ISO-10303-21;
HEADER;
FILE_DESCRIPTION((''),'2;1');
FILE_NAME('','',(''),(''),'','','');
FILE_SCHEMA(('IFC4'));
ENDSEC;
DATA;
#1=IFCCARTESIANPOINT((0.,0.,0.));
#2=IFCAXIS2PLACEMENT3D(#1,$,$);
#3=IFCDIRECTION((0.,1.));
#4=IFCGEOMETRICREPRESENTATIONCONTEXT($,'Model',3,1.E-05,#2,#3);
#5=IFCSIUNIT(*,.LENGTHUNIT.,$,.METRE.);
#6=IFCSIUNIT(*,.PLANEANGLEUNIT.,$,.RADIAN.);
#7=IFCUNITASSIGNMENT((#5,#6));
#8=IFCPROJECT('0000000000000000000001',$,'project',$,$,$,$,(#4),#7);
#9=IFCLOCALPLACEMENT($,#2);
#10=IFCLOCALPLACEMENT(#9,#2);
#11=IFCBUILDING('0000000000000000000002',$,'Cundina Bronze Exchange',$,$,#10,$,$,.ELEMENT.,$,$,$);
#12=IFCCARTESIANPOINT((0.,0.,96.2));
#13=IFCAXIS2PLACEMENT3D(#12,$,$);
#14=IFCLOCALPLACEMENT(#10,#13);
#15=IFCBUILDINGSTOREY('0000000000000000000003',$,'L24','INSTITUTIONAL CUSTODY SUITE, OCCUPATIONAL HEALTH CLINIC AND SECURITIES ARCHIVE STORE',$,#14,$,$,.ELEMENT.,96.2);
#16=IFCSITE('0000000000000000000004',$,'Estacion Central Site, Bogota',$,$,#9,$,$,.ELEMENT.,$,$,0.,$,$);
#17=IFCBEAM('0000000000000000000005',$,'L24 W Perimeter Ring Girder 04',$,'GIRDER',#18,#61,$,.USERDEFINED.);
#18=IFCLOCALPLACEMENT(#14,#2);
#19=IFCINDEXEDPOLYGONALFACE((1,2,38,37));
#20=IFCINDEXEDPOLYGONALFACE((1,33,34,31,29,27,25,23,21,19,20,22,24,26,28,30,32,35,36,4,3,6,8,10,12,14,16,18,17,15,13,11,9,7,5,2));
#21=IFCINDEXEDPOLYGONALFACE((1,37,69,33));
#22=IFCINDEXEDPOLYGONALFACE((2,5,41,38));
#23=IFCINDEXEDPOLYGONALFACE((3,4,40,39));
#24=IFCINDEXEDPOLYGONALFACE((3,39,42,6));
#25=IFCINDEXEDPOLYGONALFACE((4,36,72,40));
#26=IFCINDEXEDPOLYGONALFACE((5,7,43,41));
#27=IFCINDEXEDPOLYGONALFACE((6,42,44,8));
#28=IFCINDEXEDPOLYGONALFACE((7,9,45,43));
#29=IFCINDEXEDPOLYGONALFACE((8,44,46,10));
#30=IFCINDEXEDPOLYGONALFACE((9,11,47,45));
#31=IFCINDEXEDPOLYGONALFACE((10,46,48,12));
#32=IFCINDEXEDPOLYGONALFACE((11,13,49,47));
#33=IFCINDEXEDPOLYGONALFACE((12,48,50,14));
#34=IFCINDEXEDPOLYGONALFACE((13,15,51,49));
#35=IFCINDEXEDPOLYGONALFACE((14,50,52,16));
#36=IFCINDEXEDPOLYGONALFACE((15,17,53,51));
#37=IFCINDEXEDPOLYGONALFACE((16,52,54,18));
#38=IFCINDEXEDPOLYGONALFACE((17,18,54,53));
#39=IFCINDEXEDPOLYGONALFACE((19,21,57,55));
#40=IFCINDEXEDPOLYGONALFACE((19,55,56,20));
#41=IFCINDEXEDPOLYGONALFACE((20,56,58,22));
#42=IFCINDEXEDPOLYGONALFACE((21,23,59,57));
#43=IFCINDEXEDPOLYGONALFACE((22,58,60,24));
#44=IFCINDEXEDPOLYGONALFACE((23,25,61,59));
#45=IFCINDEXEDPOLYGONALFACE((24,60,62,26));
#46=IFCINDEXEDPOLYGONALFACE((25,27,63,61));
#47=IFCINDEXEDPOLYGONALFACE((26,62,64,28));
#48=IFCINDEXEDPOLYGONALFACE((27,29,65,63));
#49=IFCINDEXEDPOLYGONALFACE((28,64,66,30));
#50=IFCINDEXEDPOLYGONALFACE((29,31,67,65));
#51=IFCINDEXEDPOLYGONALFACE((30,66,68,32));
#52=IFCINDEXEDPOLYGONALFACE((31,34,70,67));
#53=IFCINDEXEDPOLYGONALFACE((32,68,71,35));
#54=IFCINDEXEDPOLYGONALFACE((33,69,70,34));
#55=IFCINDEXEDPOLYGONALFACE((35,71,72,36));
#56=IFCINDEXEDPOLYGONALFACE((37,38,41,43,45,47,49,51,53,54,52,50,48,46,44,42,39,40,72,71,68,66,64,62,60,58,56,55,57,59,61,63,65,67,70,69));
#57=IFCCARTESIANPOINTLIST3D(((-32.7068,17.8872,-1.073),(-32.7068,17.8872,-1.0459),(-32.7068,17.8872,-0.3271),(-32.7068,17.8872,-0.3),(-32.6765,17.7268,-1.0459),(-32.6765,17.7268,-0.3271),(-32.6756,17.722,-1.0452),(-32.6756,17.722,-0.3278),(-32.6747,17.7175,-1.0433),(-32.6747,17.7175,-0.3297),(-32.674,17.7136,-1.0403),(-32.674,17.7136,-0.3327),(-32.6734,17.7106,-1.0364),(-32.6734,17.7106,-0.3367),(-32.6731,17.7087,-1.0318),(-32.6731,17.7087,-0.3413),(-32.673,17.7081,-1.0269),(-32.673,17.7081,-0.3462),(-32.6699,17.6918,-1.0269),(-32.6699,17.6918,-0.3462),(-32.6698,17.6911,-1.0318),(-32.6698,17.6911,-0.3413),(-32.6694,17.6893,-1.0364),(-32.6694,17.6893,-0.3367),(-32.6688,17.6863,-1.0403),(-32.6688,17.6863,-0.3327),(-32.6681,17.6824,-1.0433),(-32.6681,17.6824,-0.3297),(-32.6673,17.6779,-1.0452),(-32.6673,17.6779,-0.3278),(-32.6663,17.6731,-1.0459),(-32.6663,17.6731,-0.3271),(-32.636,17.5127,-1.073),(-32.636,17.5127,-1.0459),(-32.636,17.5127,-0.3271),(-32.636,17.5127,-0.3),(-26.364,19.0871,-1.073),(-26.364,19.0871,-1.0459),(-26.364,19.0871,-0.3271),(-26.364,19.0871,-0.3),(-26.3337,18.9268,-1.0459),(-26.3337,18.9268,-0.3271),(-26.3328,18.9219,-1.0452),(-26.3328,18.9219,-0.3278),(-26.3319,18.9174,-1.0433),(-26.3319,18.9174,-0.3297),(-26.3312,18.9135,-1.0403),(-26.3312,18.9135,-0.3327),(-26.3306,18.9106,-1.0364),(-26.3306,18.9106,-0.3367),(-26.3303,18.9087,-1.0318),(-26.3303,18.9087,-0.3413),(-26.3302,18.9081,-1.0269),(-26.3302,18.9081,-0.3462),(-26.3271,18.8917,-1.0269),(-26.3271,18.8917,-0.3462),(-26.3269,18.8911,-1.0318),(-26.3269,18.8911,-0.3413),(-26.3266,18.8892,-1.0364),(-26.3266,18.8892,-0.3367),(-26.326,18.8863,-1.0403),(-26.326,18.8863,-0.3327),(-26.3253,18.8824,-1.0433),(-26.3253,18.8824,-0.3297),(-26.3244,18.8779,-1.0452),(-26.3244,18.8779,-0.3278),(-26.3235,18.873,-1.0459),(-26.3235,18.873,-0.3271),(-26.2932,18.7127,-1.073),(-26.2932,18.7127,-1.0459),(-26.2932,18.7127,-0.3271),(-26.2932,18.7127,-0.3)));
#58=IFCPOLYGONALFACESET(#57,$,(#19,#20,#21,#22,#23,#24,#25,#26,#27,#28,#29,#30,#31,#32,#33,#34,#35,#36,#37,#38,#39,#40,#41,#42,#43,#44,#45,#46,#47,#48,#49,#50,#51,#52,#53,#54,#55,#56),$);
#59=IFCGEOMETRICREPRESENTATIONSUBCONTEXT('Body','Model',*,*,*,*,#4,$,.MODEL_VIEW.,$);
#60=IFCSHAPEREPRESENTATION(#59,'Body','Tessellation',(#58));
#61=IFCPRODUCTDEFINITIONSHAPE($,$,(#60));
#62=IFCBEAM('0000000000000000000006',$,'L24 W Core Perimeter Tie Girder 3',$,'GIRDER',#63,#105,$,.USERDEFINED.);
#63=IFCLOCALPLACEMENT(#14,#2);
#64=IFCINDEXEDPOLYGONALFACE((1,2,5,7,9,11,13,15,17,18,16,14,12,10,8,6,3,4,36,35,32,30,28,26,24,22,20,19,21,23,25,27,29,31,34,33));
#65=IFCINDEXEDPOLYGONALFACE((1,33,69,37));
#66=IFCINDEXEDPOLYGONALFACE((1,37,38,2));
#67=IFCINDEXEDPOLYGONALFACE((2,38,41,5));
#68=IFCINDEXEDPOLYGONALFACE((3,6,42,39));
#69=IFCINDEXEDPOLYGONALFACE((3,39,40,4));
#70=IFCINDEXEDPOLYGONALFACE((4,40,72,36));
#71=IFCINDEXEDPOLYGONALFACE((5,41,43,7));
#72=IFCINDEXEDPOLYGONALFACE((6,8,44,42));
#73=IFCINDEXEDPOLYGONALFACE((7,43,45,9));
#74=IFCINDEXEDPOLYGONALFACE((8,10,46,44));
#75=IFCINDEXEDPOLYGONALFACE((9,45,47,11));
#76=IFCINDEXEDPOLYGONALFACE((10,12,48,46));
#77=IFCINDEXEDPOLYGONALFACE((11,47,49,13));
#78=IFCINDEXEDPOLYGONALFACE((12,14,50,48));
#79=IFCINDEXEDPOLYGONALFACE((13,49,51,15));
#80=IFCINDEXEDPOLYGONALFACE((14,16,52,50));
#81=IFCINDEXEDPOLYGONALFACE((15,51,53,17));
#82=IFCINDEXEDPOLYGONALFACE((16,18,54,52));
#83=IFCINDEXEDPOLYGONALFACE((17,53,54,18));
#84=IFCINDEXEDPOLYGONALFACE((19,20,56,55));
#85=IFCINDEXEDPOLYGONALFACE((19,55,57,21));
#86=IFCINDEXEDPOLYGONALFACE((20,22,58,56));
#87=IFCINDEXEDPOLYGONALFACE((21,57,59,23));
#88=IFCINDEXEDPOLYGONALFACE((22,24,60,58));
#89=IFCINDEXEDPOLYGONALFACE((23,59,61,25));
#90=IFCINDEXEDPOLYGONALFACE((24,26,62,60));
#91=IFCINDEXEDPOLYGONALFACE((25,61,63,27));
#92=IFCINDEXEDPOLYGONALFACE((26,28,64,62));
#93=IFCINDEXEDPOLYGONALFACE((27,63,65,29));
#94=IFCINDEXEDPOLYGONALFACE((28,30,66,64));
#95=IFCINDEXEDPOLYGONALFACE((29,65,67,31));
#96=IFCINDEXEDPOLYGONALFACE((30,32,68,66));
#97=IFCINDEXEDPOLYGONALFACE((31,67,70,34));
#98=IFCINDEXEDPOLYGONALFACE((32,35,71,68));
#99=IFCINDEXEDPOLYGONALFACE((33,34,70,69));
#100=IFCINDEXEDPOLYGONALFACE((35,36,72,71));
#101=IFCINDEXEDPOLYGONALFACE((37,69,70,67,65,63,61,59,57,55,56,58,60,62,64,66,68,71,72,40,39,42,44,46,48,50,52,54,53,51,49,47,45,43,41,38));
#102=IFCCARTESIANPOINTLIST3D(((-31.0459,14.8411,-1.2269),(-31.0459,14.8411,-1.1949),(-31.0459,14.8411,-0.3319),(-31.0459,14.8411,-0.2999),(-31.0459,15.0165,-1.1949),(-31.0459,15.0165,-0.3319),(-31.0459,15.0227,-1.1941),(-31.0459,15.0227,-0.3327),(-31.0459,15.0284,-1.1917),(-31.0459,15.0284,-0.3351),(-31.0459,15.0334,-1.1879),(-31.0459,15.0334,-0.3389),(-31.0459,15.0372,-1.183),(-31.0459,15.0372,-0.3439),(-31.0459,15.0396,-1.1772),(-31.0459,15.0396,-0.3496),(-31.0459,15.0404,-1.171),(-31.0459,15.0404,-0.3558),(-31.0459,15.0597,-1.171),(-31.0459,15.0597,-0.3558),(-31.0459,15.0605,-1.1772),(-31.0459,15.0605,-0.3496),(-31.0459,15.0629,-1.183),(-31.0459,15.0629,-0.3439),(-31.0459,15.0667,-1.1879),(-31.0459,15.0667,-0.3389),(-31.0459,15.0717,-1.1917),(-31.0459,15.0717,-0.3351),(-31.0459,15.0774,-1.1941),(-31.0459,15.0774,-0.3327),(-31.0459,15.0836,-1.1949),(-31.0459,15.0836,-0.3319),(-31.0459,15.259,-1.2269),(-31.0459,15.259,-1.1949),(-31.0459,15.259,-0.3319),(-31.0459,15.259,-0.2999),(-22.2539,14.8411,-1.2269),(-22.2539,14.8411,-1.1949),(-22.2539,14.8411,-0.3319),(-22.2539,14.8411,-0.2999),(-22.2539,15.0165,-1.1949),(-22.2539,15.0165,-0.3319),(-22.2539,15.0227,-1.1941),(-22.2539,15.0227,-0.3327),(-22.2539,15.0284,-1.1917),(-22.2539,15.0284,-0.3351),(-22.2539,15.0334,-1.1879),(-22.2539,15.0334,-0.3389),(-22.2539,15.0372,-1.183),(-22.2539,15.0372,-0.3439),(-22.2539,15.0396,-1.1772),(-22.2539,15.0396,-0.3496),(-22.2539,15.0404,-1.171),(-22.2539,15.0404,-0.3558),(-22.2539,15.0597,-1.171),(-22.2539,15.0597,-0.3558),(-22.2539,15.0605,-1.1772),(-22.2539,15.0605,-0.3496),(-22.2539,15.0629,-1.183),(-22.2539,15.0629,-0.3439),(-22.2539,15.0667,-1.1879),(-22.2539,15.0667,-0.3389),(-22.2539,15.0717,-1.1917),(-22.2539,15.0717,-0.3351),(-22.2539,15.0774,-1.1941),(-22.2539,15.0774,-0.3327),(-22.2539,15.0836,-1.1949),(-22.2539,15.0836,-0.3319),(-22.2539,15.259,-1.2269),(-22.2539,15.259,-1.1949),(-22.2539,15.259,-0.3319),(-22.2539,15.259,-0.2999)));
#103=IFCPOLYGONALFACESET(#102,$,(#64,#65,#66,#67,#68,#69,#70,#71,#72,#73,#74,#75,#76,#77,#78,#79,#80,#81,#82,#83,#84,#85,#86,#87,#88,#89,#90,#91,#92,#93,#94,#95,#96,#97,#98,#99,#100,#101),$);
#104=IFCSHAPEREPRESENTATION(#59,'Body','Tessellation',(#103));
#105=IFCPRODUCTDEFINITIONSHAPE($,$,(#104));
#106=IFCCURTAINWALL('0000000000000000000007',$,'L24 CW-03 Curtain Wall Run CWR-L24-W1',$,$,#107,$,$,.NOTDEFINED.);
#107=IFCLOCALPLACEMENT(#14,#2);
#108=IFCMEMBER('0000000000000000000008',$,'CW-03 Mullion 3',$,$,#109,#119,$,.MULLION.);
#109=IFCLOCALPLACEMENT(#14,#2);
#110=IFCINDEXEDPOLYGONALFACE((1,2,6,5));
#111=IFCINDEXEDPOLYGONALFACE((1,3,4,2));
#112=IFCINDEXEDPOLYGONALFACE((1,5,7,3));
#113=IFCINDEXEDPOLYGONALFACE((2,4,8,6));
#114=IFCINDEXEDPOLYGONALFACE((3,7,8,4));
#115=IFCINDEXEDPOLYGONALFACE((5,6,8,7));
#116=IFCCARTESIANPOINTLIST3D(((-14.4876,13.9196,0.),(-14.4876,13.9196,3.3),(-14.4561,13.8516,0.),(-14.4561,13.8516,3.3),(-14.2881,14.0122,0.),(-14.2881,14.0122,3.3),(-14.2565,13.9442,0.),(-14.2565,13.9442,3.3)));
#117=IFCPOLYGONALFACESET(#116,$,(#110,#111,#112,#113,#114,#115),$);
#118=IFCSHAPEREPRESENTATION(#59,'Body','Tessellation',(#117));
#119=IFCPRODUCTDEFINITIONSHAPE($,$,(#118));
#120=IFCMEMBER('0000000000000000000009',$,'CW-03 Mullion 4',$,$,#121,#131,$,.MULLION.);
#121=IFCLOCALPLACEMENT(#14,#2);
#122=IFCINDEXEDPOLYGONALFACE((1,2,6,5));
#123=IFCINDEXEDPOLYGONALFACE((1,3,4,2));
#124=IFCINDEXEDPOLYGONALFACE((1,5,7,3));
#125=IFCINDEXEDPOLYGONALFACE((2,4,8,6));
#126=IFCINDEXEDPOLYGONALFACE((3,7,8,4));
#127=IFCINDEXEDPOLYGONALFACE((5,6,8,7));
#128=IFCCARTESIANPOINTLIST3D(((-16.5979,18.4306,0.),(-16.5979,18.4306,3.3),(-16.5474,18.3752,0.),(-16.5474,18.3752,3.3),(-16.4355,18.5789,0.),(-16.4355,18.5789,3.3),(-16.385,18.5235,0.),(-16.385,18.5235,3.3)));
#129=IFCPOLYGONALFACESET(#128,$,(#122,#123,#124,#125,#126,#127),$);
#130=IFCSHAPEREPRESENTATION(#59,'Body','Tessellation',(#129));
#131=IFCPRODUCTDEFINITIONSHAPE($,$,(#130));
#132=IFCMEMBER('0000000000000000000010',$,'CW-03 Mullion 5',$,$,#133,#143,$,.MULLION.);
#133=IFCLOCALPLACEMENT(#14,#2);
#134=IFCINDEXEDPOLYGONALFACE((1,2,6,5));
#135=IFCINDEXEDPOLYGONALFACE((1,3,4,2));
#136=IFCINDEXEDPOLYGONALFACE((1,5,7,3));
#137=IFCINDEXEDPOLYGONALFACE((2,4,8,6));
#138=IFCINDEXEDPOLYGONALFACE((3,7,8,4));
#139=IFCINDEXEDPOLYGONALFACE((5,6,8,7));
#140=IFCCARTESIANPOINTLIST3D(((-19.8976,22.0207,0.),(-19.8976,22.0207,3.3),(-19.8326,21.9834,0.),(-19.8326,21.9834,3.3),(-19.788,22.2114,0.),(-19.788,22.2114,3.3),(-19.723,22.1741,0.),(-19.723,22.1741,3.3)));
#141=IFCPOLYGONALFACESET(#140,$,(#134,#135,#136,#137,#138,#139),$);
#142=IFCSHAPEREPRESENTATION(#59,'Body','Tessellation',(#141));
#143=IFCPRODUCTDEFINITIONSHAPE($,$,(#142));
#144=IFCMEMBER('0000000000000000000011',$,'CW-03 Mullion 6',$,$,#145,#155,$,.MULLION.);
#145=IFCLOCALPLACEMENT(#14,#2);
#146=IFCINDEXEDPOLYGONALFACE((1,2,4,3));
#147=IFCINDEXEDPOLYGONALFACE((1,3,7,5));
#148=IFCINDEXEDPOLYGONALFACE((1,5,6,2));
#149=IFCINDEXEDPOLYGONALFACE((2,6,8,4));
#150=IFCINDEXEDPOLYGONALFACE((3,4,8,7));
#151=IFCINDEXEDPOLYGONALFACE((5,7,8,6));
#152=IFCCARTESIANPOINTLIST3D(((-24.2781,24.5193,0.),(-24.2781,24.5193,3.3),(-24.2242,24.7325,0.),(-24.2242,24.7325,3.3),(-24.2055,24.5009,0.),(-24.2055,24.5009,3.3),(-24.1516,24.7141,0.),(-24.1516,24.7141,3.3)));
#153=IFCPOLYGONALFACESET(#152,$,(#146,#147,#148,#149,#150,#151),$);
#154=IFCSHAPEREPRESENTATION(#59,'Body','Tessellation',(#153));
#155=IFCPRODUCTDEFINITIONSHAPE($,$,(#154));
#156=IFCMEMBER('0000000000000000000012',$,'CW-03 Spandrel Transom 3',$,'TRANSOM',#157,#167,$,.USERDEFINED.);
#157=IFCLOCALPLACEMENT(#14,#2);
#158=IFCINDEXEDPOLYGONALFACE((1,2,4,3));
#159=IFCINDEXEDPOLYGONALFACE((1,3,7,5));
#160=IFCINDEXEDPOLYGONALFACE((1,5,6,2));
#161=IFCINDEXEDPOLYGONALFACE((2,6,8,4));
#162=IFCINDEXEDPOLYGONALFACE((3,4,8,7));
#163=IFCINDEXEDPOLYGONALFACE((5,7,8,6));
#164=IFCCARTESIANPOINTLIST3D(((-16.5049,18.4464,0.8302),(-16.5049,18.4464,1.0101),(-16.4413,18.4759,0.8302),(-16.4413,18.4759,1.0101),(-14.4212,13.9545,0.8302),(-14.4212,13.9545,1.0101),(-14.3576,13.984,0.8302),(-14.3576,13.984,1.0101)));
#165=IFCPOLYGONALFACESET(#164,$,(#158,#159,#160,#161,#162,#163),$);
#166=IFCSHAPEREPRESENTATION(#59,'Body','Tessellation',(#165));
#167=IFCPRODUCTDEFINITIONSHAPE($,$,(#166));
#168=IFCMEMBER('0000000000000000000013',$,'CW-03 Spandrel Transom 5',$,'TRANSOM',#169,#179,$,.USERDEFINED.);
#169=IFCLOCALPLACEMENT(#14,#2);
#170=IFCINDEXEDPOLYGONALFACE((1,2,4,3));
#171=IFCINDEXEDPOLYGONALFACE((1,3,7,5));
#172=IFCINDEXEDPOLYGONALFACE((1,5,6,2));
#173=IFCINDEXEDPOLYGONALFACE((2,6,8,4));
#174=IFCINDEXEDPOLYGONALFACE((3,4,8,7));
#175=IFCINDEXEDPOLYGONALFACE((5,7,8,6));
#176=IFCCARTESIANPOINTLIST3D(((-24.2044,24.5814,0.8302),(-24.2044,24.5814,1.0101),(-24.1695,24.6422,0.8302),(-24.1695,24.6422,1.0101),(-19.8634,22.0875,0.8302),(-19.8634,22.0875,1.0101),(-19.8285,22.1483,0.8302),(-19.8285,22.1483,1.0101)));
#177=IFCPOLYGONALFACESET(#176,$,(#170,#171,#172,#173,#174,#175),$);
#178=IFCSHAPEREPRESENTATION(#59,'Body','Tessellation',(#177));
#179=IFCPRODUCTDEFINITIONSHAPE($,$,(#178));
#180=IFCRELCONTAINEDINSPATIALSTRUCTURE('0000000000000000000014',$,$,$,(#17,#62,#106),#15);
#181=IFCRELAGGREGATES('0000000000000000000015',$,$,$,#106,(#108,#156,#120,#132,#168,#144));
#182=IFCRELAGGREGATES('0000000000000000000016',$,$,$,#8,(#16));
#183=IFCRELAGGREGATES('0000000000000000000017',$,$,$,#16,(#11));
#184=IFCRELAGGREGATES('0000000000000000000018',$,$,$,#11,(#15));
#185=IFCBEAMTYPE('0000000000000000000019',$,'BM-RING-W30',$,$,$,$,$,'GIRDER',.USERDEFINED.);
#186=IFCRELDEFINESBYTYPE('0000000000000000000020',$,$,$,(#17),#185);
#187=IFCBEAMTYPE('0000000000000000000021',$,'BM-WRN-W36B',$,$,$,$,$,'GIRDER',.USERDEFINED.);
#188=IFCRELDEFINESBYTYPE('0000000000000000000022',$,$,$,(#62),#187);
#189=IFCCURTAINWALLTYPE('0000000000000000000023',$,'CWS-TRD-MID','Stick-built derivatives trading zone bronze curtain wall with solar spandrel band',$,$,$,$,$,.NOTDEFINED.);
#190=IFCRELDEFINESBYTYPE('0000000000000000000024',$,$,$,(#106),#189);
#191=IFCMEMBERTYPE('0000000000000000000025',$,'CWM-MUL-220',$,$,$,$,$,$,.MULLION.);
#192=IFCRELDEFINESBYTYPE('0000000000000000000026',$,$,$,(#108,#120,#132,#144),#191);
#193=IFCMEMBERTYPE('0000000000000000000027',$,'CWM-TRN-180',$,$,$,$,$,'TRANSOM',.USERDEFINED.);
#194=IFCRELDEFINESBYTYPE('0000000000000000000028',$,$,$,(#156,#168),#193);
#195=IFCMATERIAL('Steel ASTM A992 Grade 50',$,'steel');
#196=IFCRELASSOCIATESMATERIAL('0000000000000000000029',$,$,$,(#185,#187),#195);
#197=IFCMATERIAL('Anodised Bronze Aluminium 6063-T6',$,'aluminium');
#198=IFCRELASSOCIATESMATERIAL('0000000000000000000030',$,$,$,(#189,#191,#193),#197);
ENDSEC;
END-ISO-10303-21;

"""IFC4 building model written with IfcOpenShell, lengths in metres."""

from ifc_helpers import new_model, si_unit, direction, frame, origin, origin_2d, place, context, subcontext, project, spatial, rectangle, i_section, extrude, material, material_profile, profile_set, type_object, element, aggregate, save


model = new_model("IFC4")

# Units and contexts
model_context = context("Model", 3, precision=1e-05, world=origin(), true_north=direction((0.0, 1.0)))
body_context = subcontext(model_context, "Body", "Model", "MODEL_VIEW")
ifc_project = project(units=[si_unit("LENGTHUNIT", "METRE"), si_unit("PLANEANGLEUNIT", "RADIAN")], contexts=[model_context])

# Site, building, storey
site_placement = place(None, origin())
site = spatial("IfcSite", under=ifc_project, at=site_placement, Name="Estacion Central Site, Bogota", CompositionType="ELEMENT", RefElevation=0.0)
building_placement = place(site_placement, origin())
building = spatial("IfcBuilding", under=site, at=building_placement, Name="Cundina Bronze Exchange", CompositionType="ELEMENT")
storey_placement = place(building_placement, frame((0.0, 0.0, 96.2)))
storey = spatial("IfcBuildingStorey", under=building, at=storey_placement, Name="L24", Description="INSTITUTIONAL CUSTODY SUITE, OCCUPATIONAL HEALTH CLINIC AND SECURITIES ARCHIVE STORE", CompositionType="ELEMENT", Elevation=96.2)

# Shared definitions
ifc_material_1 = material(Name="Steel ASTM A992 Grade 50", Category="steel")

# Beams
ifc_material_profile_1 = material_profile(ifc_material_1, i_section(OverallWidth=0.3811, OverallDepth=0.7729, WebThickness=0.0166, FlangeThickness=0.0271, FilletRadius=0.019, at=origin_2d()), Name="W30X173", Category="steel")
ifc_profile_set_1 = profile_set([ifc_material_profile_1], Name="Steel ASTM A992 Grade 50")
beam_type_1 = type_object("IfcBeamType", Name="BM-RING-W30", ElementType="GIRDER", PredefinedType="USERDEFINED", material=ifc_profile_set_1)
beam_1_placement = place(storey_placement, frame((-26.3286, 18.8999, -0.6865), z_axis=(-0.982571, -0.185887, 0.0), x_axis=(0.185887, -0.982571, 0.0)))
element("IfcBeam", 1, at=beam_1_placement, inside=storey, type_object=beam_type_1, Name="L24 W Perimeter Ring Girder 04", ObjectType="GIRDER", PredefinedType="USERDEFINED", context=body_context, shape_type="SweptSolid", body=[
    extrude(i_section(OverallWidth=0.3811, OverallDepth=0.7729, WebThickness=0.0166, FlangeThickness=0.0271, FilletRadius=0.019, at=origin_2d()), origin(), (0.0, 0.0, 1.0), 6.4553),
])
ifc_material_profile_2 = material_profile(ifc_material_1, i_section(OverallWidth=0.418, OverallDepth=0.927, WebThickness=0.0193, FlangeThickness=0.032, FilletRadius=0.0239, at=origin_2d()), Name="W36X231", Category="steel")
ifc_profile_set_2 = profile_set([ifc_material_profile_2], Name="Steel ASTM A992 Grade 50")
beam_type_2 = type_object("IfcBeamType", Name="BM-WRN-W36B", ElementType="GIRDER", PredefinedType="USERDEFINED", material=ifc_profile_set_2)
beam_2_placement = place(storey_placement, frame((-22.2539, 15.05, -0.7634), z_axis=(-1.0, 0.0, 0.0), x_axis=(0.0, -1.0, 0.0)))
element("IfcBeam", 2, at=beam_2_placement, inside=storey, type_object=beam_type_2, Name="L24 W Core Perimeter Tie Girder 3", ObjectType="GIRDER", PredefinedType="USERDEFINED", context=body_context, shape_type="SweptSolid", body=[
    extrude(i_section(OverallWidth=0.418, OverallDepth=0.927, WebThickness=0.0193, FlangeThickness=0.032, FilletRadius=0.0239, at=origin_2d()), origin(), (0.0, 0.0, 1.0), 8.792),
])

# Curtain wall, members
ifc_material_2 = material(Name="Anodised Bronze Aluminium 6063-T6", Category="aluminium")
curtain_wall_type = type_object("IfcCurtainWallType", Name="CWS-TRD-MID", Description="Stick-built derivatives trading zone bronze curtain wall with solar spandrel band", PredefinedType="NOTDEFINED", material=ifc_material_2)
curtain_wall_placement = place(storey_placement, origin())
curtain_wall = element("IfcCurtainWall", 3, at=curtain_wall_placement, inside=storey, type_object=curtain_wall_type, Name="L24 CW-03 Curtain Wall Run CWR-L24-W1", PredefinedType="NOTDEFINED")
ifc_material_profile_3 = material_profile(ifc_material_2, rectangle(XDim=0.075, YDim=0.22, at=origin_2d()), Name="AL75X220", Category="aluminium")
ifc_profile_set_3 = profile_set([ifc_material_profile_3], Name="Anodised Bronze Aluminium 6063-T6")
member_type_1 = type_object("IfcMemberType", Name="CWM-MUL-220", PredefinedType="MULLION", material=ifc_profile_set_3)
member_1_placement = place(storey_placement, frame((-14.3721, 13.9319, 0.0), z_axis=(0.0, 0.0, 1.0), x_axis=(-0.420877, 0.907117, 0.0)))
member_1 = element("IfcMember", 4, at=member_1_placement, type_object=member_type_1, Name="CW-03 Mullion 3", PredefinedType="MULLION", context=body_context, shape_type="SweptSolid", body=[
    extrude(rectangle(XDim=0.075, YDim=0.22, at=origin_2d()), origin(), (0.0, 0.0, 1.0), 3.3),
])
member_2_placement = place(storey_placement, frame((-16.4915, 18.4771, 0.0), z_axis=(0.0, 0.0, 1.0), x_axis=(-0.674302, 0.738455, 0.0)))
member_2 = element("IfcMember", 5, at=member_2_placement, type_object=member_type_1, Name="CW-03 Mullion 4", PredefinedType="MULLION", context=body_context, shape_type="SweptSolid", body=[
    extrude(rectangle(XDim=0.075, YDim=0.22, at=origin_2d()), origin(), (0.0, 0.0, 1.0), 3.3),
])
member_3_placement = place(storey_placement, frame((-19.8103, 22.0974, 0.0), z_axis=(0.0, 0.0, 1.0), x_axis=(-0.867071, 0.498185, 0.0)))
member_3 = element("IfcMember", 6, at=member_3_placement, type_object=member_type_1, Name="CW-03 Mullion 5", PredefinedType="MULLION", context=body_context, shape_type="SweptSolid", body=[
    extrude(rectangle(XDim=0.075, YDim=0.22, at=origin_2d()), origin(), (0.0, 0.0, 1.0), 3.3),
])
member_4_placement = place(storey_placement, frame((-24.2148, 24.6167, 0.0), z_axis=(0.0, 0.0, 1.0), x_axis=(-0.969488, 0.245138, 0.0)))
member_4 = element("IfcMember", 7, at=member_4_placement, type_object=member_type_1, Name="CW-03 Mullion 6", PredefinedType="MULLION", context=body_context, shape_type="SweptSolid", body=[
    extrude(rectangle(XDim=0.075, YDim=0.22, at=origin_2d()), origin(), (0.0, 0.0, 1.0), 3.3),
])
ifc_material_profile_4 = material_profile(ifc_material_2, rectangle(XDim=0.0701, YDim=0.1799, at=origin_2d()), Name="AL70X180", Category="aluminium")
ifc_profile_set_4 = profile_set([ifc_material_profile_4], Name="Anodised Bronze Aluminium 6063-T6")
member_type_2 = type_object("IfcMemberType", Name="CWM-TRN-180", ElementType="TRANSOM", PredefinedType="USERDEFINED", material=ifc_profile_set_4)
member_5_placement = place(storey_placement, frame((-14.3894, 13.9692, 0.9202), z_axis=(-0.420811, 0.907148, 0.0), x_axis=(-0.907148, -0.420811, 0.0)))
member_5 = element("IfcMember", 8, at=member_5_placement, type_object=member_type_2, Name="CW-03 Spandrel Transom 3", ObjectType="TRANSOM", PredefinedType="USERDEFINED", context=body_context, shape_type="SweptSolid", body=[
    extrude(rectangle(XDim=0.0701, YDim=0.1799, at=origin_2d()), origin(), (0.0, 0.0, 1.0), 4.9517),
])
member_6_placement = place(storey_placement, frame((-19.8459, 22.1179, 0.9202), z_axis=(-0.867097, 0.498139, 0.0), x_axis=(-0.498139, -0.867097, 0.0)))
member_6 = element("IfcMember", 9, at=member_6_placement, type_object=member_type_2, Name="CW-03 Spandrel Transom 5", ObjectType="TRANSOM", PredefinedType="USERDEFINED", context=body_context, shape_type="SweptSolid", body=[
    extrude(rectangle(XDim=0.0701, YDim=0.1799, at=origin_2d()), origin(), (0.0, 0.0, 1.0), 5.0063),
])
aggregate(curtain_wall, [member_1, member_5, member_2, member_3, member_6, member_4])

save(model, "model.ifc")
